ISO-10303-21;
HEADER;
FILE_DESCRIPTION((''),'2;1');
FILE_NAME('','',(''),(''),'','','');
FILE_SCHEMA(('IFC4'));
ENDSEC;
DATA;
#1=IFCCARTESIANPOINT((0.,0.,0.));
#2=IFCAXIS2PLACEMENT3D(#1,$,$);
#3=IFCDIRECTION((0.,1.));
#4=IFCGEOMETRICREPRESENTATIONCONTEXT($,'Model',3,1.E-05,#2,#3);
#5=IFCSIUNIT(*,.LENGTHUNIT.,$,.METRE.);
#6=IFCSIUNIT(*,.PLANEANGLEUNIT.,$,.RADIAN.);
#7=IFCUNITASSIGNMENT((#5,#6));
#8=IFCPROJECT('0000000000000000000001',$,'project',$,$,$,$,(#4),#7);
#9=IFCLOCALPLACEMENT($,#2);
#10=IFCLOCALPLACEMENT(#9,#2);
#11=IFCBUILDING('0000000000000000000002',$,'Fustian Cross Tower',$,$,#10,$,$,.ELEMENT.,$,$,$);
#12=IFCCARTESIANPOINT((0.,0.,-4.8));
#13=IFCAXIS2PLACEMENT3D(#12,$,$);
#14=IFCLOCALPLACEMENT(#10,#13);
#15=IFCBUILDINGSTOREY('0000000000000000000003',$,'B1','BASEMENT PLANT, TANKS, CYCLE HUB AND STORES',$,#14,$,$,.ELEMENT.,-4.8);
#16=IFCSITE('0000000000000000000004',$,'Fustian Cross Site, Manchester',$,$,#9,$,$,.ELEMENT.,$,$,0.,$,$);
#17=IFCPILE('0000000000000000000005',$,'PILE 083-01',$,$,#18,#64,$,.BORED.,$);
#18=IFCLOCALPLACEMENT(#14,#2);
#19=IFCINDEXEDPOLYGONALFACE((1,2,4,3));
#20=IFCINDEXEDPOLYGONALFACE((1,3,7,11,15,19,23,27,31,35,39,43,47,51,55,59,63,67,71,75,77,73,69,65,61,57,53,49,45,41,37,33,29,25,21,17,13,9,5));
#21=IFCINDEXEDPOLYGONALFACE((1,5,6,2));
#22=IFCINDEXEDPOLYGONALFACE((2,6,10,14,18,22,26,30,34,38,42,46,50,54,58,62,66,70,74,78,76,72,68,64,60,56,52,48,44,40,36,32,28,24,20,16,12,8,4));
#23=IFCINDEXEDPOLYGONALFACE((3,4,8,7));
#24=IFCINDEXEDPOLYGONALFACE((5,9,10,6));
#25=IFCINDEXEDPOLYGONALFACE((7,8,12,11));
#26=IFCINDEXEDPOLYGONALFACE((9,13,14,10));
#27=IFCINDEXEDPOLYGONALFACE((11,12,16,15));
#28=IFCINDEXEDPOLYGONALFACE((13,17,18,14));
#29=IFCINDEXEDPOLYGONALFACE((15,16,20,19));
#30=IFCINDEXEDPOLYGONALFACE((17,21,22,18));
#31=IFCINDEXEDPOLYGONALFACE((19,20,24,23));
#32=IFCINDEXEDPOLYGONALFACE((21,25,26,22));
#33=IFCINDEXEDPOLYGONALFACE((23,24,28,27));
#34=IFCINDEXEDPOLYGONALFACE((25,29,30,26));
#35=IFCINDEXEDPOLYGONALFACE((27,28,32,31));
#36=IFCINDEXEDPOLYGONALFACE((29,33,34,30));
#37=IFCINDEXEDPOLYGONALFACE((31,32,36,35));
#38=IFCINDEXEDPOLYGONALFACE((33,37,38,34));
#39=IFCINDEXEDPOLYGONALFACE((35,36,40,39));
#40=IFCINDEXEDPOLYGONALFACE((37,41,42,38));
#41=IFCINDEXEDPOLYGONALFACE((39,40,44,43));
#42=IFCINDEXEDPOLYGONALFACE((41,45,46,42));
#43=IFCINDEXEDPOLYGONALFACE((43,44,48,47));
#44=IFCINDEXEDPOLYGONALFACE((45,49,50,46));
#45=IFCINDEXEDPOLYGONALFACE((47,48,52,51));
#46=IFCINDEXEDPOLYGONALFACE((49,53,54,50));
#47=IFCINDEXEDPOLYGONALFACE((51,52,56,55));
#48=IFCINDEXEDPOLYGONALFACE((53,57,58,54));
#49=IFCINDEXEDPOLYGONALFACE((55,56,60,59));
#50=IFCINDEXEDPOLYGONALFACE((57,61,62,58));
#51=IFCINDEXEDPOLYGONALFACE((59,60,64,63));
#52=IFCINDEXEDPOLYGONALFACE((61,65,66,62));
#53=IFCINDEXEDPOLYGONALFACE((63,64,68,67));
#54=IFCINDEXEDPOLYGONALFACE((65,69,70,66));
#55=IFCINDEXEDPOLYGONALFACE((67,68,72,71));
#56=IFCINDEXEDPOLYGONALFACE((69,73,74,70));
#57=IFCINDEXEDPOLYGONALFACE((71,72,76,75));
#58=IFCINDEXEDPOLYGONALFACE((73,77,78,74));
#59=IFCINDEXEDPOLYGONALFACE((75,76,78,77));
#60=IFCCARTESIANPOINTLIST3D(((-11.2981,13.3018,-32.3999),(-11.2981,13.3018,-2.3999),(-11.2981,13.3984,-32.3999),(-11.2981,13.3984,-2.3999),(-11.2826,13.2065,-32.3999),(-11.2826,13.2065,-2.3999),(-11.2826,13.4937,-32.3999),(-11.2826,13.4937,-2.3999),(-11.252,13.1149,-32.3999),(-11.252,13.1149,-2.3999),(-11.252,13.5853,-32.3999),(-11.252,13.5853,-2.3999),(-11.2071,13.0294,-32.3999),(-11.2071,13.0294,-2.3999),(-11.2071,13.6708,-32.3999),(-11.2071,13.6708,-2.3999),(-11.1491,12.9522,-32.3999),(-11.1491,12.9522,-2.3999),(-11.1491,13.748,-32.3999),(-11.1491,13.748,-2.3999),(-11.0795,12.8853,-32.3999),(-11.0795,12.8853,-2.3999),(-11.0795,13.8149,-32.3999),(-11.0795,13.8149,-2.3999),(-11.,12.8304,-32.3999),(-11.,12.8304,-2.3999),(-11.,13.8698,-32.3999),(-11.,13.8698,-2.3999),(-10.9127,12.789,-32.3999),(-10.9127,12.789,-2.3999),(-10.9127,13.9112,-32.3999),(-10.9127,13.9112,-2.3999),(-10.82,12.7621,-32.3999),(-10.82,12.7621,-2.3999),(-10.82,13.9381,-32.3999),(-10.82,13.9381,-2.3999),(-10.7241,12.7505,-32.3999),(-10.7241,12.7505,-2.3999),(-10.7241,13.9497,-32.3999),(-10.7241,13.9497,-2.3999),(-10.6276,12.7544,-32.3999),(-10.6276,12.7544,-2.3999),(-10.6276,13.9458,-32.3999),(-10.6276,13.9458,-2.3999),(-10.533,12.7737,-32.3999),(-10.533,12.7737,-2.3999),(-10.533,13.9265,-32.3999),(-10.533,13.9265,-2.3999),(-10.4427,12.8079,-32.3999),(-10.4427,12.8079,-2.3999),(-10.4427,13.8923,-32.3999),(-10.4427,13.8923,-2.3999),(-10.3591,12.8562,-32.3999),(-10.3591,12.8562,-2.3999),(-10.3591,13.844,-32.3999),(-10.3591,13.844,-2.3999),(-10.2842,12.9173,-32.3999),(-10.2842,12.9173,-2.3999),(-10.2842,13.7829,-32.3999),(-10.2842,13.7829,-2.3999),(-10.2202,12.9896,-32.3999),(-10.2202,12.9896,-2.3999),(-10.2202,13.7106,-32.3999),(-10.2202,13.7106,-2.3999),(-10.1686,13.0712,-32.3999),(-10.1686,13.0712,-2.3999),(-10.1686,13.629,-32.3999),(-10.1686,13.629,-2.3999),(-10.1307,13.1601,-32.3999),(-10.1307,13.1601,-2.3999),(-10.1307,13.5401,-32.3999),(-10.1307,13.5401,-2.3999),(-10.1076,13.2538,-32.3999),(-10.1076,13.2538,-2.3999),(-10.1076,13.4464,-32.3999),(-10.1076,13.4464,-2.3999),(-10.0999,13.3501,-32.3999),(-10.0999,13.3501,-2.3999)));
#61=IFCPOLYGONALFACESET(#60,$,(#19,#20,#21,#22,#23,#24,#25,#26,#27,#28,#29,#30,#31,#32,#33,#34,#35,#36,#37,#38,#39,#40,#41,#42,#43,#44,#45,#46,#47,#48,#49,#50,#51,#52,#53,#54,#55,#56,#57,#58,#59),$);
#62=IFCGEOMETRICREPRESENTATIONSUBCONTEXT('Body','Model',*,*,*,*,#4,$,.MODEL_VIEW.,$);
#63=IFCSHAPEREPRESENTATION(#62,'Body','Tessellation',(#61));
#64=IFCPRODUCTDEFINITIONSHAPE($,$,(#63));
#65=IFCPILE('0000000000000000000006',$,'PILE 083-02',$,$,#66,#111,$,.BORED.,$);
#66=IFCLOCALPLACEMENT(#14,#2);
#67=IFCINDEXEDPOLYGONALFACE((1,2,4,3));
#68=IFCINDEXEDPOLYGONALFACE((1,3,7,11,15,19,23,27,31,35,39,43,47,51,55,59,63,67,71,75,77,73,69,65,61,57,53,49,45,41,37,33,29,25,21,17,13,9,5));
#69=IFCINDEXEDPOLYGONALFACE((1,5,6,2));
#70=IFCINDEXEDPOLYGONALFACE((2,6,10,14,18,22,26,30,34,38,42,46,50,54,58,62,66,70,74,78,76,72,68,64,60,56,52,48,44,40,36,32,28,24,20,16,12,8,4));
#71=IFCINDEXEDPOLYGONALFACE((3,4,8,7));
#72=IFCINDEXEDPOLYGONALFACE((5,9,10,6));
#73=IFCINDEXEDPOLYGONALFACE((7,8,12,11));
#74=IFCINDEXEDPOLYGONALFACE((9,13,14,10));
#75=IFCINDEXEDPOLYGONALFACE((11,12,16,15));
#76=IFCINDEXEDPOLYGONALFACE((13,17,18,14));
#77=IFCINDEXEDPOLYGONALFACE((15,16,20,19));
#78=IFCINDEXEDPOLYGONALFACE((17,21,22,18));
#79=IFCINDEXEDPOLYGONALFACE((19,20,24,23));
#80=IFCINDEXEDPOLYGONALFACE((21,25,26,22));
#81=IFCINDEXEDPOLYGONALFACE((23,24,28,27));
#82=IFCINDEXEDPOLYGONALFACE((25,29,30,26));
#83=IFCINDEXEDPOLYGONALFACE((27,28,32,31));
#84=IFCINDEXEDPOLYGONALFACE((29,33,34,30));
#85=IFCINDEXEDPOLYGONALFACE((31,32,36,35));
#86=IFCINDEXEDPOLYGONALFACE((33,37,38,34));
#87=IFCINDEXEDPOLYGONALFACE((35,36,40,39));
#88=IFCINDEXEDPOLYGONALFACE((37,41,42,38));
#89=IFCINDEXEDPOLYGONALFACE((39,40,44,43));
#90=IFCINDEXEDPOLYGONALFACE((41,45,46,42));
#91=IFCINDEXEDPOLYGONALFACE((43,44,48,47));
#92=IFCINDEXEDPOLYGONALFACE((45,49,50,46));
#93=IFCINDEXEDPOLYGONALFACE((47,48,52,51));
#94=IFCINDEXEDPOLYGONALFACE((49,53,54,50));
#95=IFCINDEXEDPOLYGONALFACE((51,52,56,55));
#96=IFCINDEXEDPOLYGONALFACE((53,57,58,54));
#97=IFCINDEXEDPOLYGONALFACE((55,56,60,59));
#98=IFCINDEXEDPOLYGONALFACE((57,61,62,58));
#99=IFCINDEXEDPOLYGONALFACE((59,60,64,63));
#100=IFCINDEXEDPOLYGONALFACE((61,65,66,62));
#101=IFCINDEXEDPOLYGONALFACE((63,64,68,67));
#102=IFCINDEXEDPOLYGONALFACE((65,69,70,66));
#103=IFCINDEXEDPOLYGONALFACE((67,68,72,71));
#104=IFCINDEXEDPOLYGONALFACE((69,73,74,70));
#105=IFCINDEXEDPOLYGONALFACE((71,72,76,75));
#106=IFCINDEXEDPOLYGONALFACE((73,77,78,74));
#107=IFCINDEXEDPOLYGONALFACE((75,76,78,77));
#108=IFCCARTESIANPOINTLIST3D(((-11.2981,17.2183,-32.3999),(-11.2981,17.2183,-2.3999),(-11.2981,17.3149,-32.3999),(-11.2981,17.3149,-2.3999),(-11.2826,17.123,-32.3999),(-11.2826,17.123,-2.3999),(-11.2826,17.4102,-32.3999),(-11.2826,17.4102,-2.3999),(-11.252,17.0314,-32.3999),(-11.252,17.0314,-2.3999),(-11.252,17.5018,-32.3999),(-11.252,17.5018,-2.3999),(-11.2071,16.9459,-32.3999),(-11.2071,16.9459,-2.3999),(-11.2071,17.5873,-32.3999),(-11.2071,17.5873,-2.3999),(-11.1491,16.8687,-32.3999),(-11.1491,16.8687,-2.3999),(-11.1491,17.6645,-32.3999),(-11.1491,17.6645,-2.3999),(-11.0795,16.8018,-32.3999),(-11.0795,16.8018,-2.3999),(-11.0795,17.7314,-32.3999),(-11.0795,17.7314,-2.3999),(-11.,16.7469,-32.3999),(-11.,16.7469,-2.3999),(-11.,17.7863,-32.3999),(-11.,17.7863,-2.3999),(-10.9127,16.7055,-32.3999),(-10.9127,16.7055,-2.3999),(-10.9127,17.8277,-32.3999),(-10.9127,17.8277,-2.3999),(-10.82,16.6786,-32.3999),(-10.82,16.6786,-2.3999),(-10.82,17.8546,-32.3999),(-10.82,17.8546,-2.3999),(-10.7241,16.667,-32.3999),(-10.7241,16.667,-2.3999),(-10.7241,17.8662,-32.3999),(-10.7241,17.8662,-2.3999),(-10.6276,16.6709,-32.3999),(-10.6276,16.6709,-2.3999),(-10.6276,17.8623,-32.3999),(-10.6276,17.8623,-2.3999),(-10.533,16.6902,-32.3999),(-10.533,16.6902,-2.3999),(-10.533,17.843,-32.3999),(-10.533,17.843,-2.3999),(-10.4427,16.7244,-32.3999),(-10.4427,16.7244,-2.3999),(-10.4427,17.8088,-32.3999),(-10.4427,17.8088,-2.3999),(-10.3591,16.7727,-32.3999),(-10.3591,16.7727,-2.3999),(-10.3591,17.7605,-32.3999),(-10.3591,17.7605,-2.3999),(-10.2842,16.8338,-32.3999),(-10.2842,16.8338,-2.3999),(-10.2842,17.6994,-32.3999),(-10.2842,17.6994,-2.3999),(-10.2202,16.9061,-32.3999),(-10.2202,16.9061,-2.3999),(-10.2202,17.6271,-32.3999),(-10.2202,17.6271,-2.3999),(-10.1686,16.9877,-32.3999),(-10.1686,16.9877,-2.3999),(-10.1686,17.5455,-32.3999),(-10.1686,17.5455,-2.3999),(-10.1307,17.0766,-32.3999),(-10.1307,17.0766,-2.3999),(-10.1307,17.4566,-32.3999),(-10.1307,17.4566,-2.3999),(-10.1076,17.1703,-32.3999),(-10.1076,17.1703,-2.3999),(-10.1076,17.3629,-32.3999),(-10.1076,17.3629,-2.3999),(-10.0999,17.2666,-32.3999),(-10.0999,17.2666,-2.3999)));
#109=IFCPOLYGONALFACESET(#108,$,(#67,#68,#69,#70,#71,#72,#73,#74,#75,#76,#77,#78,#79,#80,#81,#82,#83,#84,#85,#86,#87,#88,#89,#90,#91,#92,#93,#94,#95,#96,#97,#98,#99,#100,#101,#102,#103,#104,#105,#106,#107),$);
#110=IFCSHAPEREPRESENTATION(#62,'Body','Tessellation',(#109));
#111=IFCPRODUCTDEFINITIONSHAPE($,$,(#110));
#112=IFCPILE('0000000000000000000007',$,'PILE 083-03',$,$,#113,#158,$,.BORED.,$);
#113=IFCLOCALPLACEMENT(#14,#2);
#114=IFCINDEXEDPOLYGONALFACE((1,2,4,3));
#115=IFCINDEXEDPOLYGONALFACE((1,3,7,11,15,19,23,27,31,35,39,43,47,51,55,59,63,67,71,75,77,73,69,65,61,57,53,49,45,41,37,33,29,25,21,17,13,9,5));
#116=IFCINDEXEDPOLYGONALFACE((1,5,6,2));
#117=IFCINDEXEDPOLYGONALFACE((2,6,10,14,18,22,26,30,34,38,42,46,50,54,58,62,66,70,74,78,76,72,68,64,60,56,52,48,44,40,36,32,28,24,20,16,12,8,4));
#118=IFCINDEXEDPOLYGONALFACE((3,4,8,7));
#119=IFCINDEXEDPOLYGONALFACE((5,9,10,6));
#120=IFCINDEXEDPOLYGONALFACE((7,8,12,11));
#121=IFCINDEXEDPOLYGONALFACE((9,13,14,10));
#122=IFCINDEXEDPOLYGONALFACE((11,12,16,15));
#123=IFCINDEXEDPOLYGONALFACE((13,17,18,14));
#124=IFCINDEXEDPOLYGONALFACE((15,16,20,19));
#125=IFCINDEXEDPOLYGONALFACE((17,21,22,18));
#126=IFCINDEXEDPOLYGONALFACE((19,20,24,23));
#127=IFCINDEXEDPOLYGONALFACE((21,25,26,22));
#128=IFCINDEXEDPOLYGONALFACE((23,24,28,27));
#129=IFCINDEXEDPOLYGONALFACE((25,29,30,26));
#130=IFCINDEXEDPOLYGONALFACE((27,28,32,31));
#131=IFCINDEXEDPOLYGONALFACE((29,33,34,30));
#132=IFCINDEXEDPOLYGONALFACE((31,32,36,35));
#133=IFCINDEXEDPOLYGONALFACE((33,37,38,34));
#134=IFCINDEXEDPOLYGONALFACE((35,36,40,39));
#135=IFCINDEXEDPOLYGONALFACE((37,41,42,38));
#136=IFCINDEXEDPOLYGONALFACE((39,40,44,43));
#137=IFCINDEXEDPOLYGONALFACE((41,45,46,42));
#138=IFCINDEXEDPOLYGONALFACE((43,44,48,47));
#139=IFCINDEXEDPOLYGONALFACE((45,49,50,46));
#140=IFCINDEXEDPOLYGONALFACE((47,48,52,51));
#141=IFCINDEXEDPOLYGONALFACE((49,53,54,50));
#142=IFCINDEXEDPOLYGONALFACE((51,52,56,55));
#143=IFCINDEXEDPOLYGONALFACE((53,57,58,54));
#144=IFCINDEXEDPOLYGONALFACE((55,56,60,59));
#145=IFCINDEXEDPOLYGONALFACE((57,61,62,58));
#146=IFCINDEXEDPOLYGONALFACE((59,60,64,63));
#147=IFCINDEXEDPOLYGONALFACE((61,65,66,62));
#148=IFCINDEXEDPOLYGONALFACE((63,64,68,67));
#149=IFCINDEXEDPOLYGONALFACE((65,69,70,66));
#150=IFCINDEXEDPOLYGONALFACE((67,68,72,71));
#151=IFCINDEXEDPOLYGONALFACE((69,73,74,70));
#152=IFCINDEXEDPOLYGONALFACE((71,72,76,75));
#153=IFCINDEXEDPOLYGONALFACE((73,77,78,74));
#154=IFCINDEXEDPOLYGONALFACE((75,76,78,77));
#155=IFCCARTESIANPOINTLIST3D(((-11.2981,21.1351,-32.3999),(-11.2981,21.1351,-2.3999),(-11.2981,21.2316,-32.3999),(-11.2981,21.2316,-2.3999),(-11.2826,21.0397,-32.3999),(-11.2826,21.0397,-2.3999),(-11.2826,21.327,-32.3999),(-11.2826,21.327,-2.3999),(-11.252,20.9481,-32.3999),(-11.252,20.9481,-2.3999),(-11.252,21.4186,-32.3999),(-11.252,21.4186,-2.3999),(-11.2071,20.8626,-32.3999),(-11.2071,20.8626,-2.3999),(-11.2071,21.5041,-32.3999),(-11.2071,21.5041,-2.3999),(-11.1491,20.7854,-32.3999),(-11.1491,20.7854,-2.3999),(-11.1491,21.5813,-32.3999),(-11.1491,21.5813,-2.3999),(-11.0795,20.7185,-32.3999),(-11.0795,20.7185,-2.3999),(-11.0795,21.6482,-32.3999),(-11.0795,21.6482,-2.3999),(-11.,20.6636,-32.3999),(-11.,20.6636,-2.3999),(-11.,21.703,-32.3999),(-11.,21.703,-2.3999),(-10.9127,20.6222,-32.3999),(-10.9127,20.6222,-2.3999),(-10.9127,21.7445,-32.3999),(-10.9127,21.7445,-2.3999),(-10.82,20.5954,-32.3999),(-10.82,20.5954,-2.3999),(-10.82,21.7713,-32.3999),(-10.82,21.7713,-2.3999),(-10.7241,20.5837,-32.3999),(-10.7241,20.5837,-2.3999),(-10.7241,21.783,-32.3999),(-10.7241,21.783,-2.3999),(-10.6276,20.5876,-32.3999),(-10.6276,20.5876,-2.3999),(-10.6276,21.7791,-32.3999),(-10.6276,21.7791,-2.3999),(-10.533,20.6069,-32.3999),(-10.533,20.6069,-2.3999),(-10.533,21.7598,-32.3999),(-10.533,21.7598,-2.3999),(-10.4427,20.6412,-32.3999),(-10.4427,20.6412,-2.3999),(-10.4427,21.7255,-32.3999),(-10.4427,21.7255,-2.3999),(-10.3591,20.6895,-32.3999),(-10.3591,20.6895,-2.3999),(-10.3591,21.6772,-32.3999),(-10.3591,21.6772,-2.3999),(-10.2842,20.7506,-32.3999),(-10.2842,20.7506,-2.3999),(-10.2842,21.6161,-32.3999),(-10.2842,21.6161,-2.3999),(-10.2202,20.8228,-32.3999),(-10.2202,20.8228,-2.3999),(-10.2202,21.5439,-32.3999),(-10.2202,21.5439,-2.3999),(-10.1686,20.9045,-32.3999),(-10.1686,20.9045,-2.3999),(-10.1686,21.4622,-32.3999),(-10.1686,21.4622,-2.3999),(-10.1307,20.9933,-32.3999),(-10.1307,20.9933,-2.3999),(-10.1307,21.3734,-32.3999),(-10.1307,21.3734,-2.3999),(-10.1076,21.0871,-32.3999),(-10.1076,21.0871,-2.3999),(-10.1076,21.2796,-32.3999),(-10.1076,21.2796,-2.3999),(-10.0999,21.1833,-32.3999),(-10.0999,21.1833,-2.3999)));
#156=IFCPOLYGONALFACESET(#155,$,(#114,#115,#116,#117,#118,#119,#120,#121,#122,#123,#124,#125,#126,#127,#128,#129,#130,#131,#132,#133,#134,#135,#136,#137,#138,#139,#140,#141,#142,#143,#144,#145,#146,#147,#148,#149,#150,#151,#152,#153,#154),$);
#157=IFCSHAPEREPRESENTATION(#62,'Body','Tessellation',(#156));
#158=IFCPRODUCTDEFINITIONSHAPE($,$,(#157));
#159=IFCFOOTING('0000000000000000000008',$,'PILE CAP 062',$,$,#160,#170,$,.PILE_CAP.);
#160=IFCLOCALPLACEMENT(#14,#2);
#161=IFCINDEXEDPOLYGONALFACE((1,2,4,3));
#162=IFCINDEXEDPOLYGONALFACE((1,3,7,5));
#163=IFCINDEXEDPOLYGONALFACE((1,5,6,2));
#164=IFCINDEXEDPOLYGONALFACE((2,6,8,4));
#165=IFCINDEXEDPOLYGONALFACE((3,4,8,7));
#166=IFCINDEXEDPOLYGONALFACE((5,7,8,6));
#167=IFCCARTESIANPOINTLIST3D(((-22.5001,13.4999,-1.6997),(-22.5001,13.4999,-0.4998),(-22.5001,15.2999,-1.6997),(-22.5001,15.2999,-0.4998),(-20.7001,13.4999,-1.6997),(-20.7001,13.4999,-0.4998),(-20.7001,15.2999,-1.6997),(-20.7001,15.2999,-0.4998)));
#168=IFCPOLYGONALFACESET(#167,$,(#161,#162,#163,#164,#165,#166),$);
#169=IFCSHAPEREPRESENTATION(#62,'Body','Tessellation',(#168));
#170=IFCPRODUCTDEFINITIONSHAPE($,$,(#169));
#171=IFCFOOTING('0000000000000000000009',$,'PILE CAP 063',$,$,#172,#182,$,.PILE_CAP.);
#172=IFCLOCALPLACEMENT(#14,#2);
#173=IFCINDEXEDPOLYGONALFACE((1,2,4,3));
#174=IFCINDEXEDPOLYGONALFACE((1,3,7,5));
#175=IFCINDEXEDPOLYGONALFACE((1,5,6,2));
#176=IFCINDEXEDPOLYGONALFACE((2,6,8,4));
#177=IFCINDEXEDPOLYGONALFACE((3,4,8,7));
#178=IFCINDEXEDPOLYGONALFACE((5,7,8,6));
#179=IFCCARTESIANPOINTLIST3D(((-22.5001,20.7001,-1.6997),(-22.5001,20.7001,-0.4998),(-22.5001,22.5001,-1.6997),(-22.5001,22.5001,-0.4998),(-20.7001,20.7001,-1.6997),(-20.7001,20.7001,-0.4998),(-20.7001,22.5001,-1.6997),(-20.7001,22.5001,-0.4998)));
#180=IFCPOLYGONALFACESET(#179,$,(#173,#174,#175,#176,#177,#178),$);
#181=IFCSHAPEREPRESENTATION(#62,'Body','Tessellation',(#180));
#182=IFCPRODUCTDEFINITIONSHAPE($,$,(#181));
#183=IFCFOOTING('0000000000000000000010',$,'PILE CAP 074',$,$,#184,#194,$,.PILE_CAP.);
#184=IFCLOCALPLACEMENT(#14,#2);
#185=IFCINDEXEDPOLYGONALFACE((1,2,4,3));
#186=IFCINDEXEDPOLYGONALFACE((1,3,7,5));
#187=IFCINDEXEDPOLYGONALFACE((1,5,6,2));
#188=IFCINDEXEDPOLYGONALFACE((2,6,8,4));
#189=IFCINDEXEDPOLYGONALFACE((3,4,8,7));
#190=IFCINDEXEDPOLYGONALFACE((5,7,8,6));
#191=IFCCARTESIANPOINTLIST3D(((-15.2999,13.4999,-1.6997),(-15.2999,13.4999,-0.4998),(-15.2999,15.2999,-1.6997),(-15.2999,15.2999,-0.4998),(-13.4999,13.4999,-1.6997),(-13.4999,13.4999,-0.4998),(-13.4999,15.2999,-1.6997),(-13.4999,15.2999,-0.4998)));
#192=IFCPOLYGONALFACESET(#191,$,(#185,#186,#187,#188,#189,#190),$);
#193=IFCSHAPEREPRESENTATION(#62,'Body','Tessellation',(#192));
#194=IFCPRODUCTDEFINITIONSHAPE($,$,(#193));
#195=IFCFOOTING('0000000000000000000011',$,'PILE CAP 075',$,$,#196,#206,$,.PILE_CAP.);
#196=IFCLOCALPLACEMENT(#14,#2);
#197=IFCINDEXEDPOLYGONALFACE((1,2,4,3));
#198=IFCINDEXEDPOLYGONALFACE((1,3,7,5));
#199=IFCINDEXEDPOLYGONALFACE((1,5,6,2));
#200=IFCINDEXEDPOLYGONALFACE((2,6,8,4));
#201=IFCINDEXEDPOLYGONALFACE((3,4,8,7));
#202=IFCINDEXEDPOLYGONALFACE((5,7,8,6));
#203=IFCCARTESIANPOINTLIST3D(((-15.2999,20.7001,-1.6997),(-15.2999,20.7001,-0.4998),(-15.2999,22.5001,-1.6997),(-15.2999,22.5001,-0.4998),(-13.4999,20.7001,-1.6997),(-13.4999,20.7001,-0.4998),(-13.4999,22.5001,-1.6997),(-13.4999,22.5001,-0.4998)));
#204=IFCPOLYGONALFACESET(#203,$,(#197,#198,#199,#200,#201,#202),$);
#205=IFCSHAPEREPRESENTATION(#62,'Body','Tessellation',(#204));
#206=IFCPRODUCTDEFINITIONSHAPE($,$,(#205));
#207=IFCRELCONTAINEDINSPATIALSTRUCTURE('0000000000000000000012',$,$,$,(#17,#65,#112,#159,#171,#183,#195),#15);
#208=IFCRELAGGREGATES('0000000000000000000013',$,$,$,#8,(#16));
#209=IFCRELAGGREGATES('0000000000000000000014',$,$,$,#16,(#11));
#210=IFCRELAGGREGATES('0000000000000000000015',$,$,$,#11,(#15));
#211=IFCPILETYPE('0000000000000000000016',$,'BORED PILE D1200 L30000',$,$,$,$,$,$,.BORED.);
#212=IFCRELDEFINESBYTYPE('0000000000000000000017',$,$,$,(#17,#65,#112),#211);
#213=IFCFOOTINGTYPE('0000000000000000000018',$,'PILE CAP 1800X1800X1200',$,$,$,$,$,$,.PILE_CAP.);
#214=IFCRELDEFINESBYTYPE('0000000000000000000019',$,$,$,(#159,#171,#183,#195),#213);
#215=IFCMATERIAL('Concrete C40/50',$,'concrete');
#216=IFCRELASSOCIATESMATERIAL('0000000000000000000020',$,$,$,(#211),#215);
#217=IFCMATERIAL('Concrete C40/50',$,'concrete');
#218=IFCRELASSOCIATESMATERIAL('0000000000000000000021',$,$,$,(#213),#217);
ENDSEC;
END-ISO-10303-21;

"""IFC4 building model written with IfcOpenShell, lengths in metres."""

from ifc_helpers import new_model, si_unit, direction, frame, origin, origin_2d, place, context, subcontext, project, spatial, rectangle, circle, extrude, material, material_profile, profile_set, type_object, element, save


model = new_model("IFC4")

# Units and contexts
model_context = context("Model", 3, precision=1e-05, world=origin(), true_north=direction((0.0, 1.0)))
body_context = subcontext(model_context, "Body", "Model", "MODEL_VIEW")
ifc_project = project(units=[si_unit("LENGTHUNIT", "METRE"), si_unit("PLANEANGLEUNIT", "RADIAN")], contexts=[model_context])

# Site, building, storey
site_placement = place(None, origin())
site = spatial("IfcSite", under=ifc_project, at=site_placement, Name="Fustian Cross Site, Manchester", CompositionType="ELEMENT", RefElevation=0.0)
building_placement = place(site_placement, origin())
building = spatial("IfcBuilding", under=site, at=building_placement, Name="Fustian Cross Tower", CompositionType="ELEMENT")
storey_placement = place(building_placement, frame((0.0, 0.0, -4.8)))
storey = spatial("IfcBuildingStorey", under=building, at=storey_placement, Name="B1", Description="BASEMENT PLANT, TANKS, CYCLE HUB AND STORES", CompositionType="ELEMENT", Elevation=-4.8)

# Piles
ifc_material_1 = material(Name="Concrete C40/50", Category="concrete")
ifc_material_profile_1 = material_profile(ifc_material_1, circle(Radius=0.6001, at=origin_2d()), Name="BORED PILE D1200 L30000")
ifc_profile_set_1 = profile_set([ifc_material_profile_1], Name="Concrete C40/50")
pile_type_1 = type_object("IfcPileType", Name="BORED PILE D1200 L30000", PredefinedType="BORED", material=ifc_profile_set_1)
for number, where, z_axis, x_axis, name in (
    (1, (-10.7, 13.3501, -2.3999), (0.0, 0.0, -1.0), (1.0, 0.0, 0.0), "PILE 083-01"),
    (2, (-10.7, 17.2666, -2.3999), (0.0, 0.0, -1.0), (1.0, 0.0, 0.0), "PILE 083-02"),
    (3, (-10.7, 21.1833, -2.3999), (0.0, 0.0, -1.0), (1.0, 0.0, 0.0), "PILE 083-03"),
):
    element("IfcPile", number, at=place(storey_placement, frame(where, z_axis=z_axis, x_axis=x_axis)), inside=storey, type_object=pile_type_1, Name=name, PredefinedType="BORED", context=body_context, shape_type="SweptSolid", body=[
        extrude(circle(Radius=0.6001, at=origin_2d()), origin(), (0.0, 0.0, 1.0), 30.0),
    ])

# Footings
ifc_material_2 = material(Name="Concrete C40/50", Category="concrete")
footing_type = type_object("IfcFootingType", Name="PILE CAP 1800X1800X1200", PredefinedType="PILE_CAP", material=ifc_material_2)
for number, where, z_axis, x_axis, name in (
    (4, (-21.6001, 14.3999, -1.6997), (0.0, 0.0, 1.0), (1.0, 0.0, 0.0), "PILE CAP 062"),
    (5, (-21.6001, 21.6001, -1.6997), (0.0, 0.0, 1.0), (1.0, 0.0, 0.0), "PILE CAP 063"),
    (6, (-14.3999, 14.3999, -1.6997), (0.0, 0.0, 1.0), (1.0, 0.0, 0.0), "PILE CAP 074"),
    (7, (-14.3999, 21.6001, -1.6997), (0.0, 0.0, 1.0), (1.0, 0.0, 0.0), "PILE CAP 075"),
):
    element("IfcFooting", number, at=place(storey_placement, frame(where, z_axis=z_axis, x_axis=x_axis)), inside=storey, type_object=footing_type, Name=name, PredefinedType="PILE_CAP", context=body_context, shape_type="SweptSolid", body=[
        extrude(rectangle(XDim=1.8, YDim=1.8, at=origin_2d()), origin(), (0.0, 0.0, 1.0), 1.2),
    ])

save(model, "model.ifc")
